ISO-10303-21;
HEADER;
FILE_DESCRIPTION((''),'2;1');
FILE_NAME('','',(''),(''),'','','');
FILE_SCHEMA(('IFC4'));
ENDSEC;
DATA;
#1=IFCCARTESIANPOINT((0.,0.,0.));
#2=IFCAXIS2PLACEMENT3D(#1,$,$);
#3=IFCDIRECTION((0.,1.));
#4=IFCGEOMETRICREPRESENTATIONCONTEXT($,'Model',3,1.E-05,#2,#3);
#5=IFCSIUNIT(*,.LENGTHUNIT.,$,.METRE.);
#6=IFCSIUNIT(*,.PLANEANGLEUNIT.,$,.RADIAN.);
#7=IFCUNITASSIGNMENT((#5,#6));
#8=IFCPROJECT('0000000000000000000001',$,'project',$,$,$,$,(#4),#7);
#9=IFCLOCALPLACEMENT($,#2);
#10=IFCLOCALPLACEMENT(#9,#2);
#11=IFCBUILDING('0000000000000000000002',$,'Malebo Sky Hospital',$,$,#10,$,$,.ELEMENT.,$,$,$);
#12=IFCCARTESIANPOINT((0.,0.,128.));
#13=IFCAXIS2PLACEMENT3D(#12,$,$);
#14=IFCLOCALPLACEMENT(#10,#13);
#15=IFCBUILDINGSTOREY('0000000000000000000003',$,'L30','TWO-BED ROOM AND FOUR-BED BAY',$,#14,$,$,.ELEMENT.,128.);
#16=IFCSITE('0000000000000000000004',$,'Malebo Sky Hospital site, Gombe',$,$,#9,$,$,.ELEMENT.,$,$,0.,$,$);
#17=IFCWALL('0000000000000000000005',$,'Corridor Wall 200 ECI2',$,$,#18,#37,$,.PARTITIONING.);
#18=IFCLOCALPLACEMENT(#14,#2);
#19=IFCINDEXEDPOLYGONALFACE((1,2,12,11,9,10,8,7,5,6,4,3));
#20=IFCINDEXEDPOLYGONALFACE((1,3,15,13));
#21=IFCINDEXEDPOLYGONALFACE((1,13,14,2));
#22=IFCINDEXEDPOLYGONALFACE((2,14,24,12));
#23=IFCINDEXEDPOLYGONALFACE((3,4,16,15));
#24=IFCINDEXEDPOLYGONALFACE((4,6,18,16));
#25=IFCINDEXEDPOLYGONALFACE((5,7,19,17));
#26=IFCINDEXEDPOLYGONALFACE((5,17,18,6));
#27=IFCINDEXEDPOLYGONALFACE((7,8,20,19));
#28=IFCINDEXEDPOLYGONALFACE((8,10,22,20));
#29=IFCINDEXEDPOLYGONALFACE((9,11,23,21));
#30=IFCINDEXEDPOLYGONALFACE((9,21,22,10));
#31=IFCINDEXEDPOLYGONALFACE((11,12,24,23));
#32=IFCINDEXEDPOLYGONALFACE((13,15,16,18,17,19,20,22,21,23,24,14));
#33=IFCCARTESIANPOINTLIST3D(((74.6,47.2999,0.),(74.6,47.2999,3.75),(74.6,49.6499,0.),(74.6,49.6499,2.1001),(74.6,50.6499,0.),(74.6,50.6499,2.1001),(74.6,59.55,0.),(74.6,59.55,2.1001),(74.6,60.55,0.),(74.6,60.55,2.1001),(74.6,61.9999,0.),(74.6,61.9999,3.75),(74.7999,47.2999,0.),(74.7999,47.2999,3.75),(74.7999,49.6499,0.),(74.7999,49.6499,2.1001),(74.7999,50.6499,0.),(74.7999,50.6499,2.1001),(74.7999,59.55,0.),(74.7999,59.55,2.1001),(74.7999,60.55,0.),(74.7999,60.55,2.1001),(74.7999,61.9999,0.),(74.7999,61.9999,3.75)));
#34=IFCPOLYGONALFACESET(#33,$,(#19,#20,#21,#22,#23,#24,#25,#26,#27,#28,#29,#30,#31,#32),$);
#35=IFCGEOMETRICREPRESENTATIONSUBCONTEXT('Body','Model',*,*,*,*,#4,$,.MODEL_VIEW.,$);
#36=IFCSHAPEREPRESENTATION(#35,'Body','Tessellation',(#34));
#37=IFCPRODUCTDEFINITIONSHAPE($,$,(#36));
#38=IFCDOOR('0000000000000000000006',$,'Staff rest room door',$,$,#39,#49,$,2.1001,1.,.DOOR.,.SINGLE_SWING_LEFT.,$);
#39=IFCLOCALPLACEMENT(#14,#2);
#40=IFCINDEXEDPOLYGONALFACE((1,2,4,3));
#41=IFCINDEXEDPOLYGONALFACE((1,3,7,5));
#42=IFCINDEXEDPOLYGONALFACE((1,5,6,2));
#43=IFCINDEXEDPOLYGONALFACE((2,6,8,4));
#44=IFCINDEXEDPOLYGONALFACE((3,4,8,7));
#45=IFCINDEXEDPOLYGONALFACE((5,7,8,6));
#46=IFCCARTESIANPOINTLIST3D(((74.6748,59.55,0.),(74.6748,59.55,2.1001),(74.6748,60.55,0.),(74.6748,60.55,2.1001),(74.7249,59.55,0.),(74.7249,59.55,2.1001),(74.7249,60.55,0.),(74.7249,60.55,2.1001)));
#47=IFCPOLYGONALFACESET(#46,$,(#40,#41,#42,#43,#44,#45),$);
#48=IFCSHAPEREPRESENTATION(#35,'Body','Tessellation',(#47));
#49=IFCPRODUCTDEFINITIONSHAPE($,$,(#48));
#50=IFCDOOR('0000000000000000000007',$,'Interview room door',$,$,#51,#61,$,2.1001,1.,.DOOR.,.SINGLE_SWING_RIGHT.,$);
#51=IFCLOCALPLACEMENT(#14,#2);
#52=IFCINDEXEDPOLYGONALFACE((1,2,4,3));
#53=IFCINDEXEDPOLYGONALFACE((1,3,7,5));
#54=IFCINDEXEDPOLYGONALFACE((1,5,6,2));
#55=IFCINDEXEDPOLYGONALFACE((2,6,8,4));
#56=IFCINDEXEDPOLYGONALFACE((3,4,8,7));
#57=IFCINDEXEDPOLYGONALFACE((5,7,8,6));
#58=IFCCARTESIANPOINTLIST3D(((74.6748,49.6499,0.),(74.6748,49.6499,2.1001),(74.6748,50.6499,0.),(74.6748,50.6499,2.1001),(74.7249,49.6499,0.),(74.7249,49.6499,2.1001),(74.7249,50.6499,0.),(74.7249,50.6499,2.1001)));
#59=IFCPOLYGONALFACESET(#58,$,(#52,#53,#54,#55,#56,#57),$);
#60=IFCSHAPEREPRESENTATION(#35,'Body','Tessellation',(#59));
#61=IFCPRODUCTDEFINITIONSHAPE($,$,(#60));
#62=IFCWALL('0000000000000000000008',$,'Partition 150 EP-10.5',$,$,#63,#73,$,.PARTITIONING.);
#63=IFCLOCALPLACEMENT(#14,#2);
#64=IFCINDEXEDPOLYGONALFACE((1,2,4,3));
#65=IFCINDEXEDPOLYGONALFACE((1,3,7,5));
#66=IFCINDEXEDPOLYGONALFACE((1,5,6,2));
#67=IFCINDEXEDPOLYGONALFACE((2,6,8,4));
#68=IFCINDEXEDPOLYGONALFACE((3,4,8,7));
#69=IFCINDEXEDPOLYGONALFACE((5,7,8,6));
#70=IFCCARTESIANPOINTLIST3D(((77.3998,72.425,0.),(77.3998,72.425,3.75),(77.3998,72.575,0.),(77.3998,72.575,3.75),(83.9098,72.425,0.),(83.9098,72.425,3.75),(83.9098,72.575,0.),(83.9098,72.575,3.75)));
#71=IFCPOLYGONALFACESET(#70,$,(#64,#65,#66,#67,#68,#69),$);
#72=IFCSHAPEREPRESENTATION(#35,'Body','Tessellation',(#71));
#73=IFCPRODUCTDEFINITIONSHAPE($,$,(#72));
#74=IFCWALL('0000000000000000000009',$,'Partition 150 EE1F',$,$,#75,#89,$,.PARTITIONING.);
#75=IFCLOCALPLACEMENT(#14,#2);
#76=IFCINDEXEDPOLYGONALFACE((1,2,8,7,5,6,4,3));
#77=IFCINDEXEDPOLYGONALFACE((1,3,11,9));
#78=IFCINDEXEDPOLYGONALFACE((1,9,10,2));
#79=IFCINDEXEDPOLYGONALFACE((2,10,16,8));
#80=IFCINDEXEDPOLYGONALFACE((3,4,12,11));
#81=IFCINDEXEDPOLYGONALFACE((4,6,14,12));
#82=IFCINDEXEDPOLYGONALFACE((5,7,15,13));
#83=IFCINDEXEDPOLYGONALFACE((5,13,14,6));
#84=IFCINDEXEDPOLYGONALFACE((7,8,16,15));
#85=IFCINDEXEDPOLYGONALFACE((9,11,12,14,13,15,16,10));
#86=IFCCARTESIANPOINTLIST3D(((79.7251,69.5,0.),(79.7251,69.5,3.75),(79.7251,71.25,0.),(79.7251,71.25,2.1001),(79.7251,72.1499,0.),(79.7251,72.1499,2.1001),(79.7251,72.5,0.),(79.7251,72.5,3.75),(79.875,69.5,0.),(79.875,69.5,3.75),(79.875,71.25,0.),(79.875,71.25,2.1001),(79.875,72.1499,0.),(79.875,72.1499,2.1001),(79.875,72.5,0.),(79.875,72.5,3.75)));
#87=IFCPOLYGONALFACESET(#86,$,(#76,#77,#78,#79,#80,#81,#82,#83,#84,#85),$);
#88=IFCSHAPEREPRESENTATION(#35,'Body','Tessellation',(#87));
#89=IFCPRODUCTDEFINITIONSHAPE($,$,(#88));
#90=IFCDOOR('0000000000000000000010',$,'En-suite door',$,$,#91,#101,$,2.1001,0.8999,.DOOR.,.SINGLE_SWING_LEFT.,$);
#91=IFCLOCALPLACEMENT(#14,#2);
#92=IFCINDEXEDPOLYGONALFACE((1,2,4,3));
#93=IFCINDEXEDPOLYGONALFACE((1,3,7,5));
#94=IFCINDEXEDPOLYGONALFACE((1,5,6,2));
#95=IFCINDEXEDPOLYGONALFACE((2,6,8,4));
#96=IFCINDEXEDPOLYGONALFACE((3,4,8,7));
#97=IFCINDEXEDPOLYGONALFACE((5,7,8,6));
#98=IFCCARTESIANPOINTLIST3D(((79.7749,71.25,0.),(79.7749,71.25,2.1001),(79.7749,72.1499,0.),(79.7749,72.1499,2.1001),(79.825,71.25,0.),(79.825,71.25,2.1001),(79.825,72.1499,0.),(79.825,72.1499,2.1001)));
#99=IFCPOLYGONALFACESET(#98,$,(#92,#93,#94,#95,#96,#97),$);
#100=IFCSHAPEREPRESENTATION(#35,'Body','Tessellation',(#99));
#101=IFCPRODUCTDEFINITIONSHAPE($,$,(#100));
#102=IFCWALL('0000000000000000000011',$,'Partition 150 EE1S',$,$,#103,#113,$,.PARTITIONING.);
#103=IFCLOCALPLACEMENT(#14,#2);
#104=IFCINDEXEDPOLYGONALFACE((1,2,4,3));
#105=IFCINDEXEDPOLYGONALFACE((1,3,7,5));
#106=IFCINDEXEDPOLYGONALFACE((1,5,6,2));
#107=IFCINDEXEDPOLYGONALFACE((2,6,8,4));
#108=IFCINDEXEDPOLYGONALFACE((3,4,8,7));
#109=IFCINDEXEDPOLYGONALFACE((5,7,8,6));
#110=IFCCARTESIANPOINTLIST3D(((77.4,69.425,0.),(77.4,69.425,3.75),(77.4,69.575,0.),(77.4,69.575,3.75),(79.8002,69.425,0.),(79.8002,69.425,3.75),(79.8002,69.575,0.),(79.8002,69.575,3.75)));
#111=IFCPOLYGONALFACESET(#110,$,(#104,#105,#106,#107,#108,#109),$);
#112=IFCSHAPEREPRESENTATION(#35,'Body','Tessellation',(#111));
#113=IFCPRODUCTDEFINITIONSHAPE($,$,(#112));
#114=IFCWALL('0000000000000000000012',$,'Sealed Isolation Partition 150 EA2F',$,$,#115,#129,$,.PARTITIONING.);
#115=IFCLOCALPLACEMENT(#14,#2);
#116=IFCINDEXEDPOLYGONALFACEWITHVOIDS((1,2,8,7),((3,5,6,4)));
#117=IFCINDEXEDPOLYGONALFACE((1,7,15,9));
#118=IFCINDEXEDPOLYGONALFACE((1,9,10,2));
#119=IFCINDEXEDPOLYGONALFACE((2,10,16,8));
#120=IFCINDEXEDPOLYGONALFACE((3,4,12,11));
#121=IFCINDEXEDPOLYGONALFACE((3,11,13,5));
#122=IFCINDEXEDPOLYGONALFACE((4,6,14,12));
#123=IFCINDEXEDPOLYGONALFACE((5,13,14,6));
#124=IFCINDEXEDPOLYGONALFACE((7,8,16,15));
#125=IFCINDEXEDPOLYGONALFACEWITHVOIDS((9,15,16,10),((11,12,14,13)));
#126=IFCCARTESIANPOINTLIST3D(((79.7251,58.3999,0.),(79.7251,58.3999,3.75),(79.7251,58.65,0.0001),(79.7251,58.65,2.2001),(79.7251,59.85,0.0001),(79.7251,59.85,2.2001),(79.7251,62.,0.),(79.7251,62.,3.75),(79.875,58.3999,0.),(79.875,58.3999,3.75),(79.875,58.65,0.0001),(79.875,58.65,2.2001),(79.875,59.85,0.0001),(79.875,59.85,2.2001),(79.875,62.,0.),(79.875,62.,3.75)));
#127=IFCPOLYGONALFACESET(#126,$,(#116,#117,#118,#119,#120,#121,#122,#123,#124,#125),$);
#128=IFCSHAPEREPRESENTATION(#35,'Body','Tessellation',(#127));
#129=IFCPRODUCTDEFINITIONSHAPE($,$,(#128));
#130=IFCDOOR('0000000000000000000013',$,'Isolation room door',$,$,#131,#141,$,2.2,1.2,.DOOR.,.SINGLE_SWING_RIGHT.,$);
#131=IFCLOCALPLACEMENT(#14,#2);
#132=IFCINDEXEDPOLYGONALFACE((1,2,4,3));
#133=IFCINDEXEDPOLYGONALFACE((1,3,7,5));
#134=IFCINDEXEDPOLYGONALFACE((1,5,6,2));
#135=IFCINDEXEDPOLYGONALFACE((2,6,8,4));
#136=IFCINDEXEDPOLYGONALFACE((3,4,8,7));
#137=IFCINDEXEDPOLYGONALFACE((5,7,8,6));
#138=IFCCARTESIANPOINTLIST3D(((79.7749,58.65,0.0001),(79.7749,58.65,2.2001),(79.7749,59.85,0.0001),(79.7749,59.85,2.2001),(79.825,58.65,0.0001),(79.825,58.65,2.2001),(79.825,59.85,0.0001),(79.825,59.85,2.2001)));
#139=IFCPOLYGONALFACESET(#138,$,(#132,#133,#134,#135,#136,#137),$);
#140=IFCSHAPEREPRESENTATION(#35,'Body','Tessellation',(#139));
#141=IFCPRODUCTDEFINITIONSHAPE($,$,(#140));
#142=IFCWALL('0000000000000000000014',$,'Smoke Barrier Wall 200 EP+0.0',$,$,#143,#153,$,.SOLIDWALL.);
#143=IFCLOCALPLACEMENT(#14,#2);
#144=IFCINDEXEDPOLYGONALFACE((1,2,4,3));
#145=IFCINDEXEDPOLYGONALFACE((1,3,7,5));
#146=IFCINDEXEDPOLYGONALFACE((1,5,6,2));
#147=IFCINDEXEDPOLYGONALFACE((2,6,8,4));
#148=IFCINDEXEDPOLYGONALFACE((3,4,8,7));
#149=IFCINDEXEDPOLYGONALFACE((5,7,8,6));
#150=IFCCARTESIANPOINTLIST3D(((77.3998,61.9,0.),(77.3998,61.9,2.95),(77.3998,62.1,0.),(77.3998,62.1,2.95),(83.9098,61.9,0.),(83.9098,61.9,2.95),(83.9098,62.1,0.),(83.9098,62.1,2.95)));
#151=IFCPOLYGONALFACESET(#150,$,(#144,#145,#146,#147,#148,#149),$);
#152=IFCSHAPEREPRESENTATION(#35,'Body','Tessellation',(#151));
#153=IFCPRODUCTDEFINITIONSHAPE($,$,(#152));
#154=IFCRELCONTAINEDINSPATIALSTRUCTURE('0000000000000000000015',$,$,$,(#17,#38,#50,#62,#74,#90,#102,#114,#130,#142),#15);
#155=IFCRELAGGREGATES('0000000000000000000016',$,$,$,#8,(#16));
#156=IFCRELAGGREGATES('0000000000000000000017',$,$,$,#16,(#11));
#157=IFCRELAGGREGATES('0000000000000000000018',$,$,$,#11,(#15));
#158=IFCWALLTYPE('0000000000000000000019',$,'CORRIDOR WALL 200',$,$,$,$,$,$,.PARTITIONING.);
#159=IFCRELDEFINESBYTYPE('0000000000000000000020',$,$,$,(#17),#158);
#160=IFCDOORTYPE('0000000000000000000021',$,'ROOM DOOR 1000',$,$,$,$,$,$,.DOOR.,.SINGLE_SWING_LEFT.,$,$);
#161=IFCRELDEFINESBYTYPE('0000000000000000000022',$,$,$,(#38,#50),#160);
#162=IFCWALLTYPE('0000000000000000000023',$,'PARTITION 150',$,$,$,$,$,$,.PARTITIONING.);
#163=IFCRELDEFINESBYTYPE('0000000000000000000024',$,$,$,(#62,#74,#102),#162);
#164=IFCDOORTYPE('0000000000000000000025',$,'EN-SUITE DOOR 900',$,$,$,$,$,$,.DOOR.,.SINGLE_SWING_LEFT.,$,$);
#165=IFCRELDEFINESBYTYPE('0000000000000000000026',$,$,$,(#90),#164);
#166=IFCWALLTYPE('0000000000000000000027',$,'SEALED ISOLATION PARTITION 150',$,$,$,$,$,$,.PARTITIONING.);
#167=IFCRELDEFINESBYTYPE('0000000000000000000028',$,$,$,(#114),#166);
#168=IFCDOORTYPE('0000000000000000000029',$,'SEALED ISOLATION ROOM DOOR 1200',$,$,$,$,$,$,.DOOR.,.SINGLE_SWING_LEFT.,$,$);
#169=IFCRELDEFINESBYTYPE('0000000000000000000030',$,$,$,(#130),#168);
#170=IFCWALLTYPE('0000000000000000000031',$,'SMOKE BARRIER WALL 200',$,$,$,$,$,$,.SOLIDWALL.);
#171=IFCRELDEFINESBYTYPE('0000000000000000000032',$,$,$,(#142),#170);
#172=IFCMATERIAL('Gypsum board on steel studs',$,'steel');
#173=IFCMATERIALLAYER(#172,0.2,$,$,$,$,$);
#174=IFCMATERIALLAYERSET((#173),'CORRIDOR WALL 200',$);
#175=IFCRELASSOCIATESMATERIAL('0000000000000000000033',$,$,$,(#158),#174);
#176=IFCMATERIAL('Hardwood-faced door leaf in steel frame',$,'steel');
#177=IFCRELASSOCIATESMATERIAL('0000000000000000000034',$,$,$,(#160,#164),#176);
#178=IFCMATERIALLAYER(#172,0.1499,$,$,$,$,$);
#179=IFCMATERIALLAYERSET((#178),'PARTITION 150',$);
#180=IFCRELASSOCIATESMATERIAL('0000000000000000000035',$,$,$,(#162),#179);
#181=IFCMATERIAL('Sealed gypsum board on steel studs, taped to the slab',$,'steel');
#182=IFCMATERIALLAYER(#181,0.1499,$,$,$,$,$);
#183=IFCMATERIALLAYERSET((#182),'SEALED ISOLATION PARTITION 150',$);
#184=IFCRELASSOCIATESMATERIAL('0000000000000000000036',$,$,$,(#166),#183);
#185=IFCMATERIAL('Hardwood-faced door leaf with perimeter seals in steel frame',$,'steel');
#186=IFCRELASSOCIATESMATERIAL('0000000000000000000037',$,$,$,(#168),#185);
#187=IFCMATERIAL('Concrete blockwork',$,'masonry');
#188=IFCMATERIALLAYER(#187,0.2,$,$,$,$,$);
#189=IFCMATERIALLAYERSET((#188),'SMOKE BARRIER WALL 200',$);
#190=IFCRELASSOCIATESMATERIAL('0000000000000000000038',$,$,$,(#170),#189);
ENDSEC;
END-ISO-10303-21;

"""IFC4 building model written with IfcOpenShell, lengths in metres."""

from ifc_helpers import new_model, si_unit, direction, frame, frame_2d, origin, place, context, subcontext, project, spatial, rectangle, extrude, material, layer, layer_set, type_object, element, fill, save


model = new_model("IFC4")

# Units and contexts
model_context = context("Model", 3, precision=1e-05, world=origin(), true_north=direction((0.0, 1.0)))
body_context = subcontext(model_context, "Body", "Model", "MODEL_VIEW")
ifc_project = project(units=[si_unit("LENGTHUNIT", "METRE"), si_unit("PLANEANGLEUNIT", "RADIAN")], contexts=[model_context])

# Site, building, storey
site_placement = place(None, origin())
site = spatial("IfcSite", under=ifc_project, at=site_placement, Name="Malebo Sky Hospital site, Gombe", CompositionType="ELEMENT", RefElevation=0.0)
building_placement = place(site_placement, origin())
building = spatial("IfcBuilding", under=site, at=building_placement, Name="Malebo Sky Hospital", CompositionType="ELEMENT")
storey_placement = place(building_placement, frame((0.0, 0.0, 128.0)))
storey = spatial("IfcBuildingStorey", under=building, at=storey_placement, Name="L30", Description="TWO-BED ROOM AND FOUR-BED BAY", CompositionType="ELEMENT", Elevation=128.0)

# Wall, openings, doors
ifc_material_1 = material(Name="Gypsum board on steel studs", Category="steel")
ifc_layer_1 = layer(ifc_material_1, 0.2)
ifc_layer_set_1 = layer_set([ifc_layer_1], Name="CORRIDOR WALL 200")
wall_type_1 = type_object("IfcWallType", Name="CORRIDOR WALL 200", PredefinedType="PARTITIONING", material=ifc_layer_set_1)
wall_1_placement = place(storey_placement, frame((74.7, 62.0, 0.0), z_axis=(0.0, 0.0, 1.0), x_axis=(0.0, -1.0, 0.0)))
wall_1 = element("IfcWall", 1, at=wall_1_placement, inside=storey, type_object=wall_type_1, Name="Corridor Wall 200 ECI2", PredefinedType="PARTITIONING", context=body_context, shape_type="SweptSolid", body=[
    extrude(rectangle(XDim=14.7, YDim=0.2, at=frame_2d((7.3501, 0.0))), origin(), (0.0, 0.0, 1.0), 3.75),
])
opening_1_placement = place(wall_1_placement, frame((1.45, 0.0, 0.0)))
opening_1 = element("IfcOpeningElement", 2, at=opening_1_placement, cuts=wall_1, PredefinedType="OPENING", context=body_context, shape_type="SweptSolid", body=[
    extrude(rectangle(XDim=1.0, YDim=2.1001, at=frame_2d((0.5, 1.05))), frame((0.0, 0.1099, 0.0), z_axis=(0.0, -1.0, 0.0), x_axis=(1.0, 0.0, 0.0)), (0.0, 0.0, 1.0), 0.22),
])
opening_2_placement = place(wall_1_placement, frame((11.3501, 0.0, 0.0)))
opening_2 = element("IfcOpeningElement", 3, at=opening_2_placement, cuts=wall_1, PredefinedType="OPENING", context=body_context, shape_type="SweptSolid", body=[
    extrude(rectangle(XDim=1.0, YDim=2.1001, at=frame_2d((0.5, 1.05))), frame((0.0, 0.1099, 0.0), z_axis=(0.0, -1.0, 0.0), x_axis=(1.0, 0.0, 0.0)), (0.0, 0.0, 1.0), 0.22),
])
ifc_material_2 = material(Name="Hardwood-faced door leaf in steel frame", Category="steel")
door_type_1 = type_object("IfcDoorType", Name="ROOM DOOR 1000", OperationType="SINGLE_SWING_LEFT", PredefinedType="DOOR", material=ifc_material_2)
door_1_placement = place(opening_1_placement, origin())
door_1 = element("IfcDoor", 4, at=door_1_placement, inside=storey, type_object=door_type_1, Name="Staff rest room door", OperationType="SINGLE_SWING_LEFT", OverallHeight=2.1001, OverallWidth=1.0, PredefinedType="DOOR", context=body_context, shape_type="SweptSolid", body=[
    extrude(rectangle(XDim=1.0, YDim=2.1001, at=frame_2d((0.5, 1.05))), frame((0.0, 0.0249, 0.0), z_axis=(0.0, -1.0, 0.0), x_axis=(1.0, 0.0, 0.0)), (0.0, 0.0, 1.0), 0.05),
])
fill(opening_1, door_1)
door_2_placement = place(opening_2_placement, origin())
door_2 = element("IfcDoor", 5, at=door_2_placement, inside=storey, type_object=door_type_1, Name="Interview room door", OperationType="SINGLE_SWING_RIGHT", OverallHeight=2.1001, OverallWidth=1.0, PredefinedType="DOOR", context=body_context, shape_type="SweptSolid", body=[
    extrude(rectangle(XDim=1.0, YDim=2.1001, at=frame_2d((0.5, 1.05))), frame((0.0, 0.0249, 0.0), z_axis=(0.0, -1.0, 0.0), x_axis=(1.0, 0.0, 0.0)), (0.0, 0.0, 1.0), 0.05),
])
fill(opening_2, door_2)

# Wall
ifc_layer_2 = layer(ifc_material_1, 0.1499)
ifc_layer_set_2 = layer_set([ifc_layer_2], Name="PARTITION 150")
wall_type_2 = type_object("IfcWallType", Name="PARTITION 150", PredefinedType="PARTITIONING", material=ifc_layer_set_2)
wall_2_placement = place(storey_placement, frame((77.3999, 72.5, 0.0), z_axis=(0.0, 0.0, 1.0), x_axis=(1.0, 0.0, 0.0)))
element("IfcWall", 6, at=wall_2_placement, inside=storey, type_object=wall_type_2, Name="Partition 150 EP-10.5", PredefinedType="PARTITIONING", context=body_context, shape_type="SweptSolid", body=[
    extrude(rectangle(XDim=6.51, YDim=0.1499, at=frame_2d((3.2549, 0.0))), origin(), (0.0, 0.0, 1.0), 3.75),
])

# Wall, opening, door
wall_3_placement = place(storey_placement, frame((79.8, 72.5, 0.0), z_axis=(0.0, 0.0, 1.0), x_axis=(0.0, -1.0, 0.0)))
wall_3 = element("IfcWall", 7, at=wall_3_placement, inside=storey, type_object=wall_type_2, Name="Partition 150 EE1F", PredefinedType="PARTITIONING", context=body_context, shape_type="SweptSolid", body=[
    extrude(rectangle(XDim=3.0, YDim=0.1499, at=frame_2d((1.5, 0.0))), origin(), (0.0, 0.0, 1.0), 3.75),
])
opening_3_placement = place(wall_3_placement, frame((0.3501, 0.0, 0.0)))
opening_3 = element("IfcOpeningElement", 8, at=opening_3_placement, cuts=wall_3, PredefinedType="OPENING", context=body_context, shape_type="SweptSolid", body=[
    extrude(rectangle(XDim=0.8999, YDim=2.1001, at=frame_2d((0.45, 1.05))), frame((0.0, 0.085, 0.0), z_axis=(0.0, -1.0, 0.0), x_axis=(1.0, 0.0, 0.0)), (0.0, 0.0, 1.0), 0.1699),
])
door_type_2 = type_object("IfcDoorType", Name="EN-SUITE DOOR 900", OperationType="SINGLE_SWING_LEFT", PredefinedType="DOOR", material=ifc_material_2)
door_3_placement = place(opening_3_placement, origin())
door_3 = element("IfcDoor", 9, at=door_3_placement, inside=storey, type_object=door_type_2, Name="En-suite door", OperationType="SINGLE_SWING_LEFT", OverallHeight=2.1001, OverallWidth=0.8999, PredefinedType="DOOR", context=body_context, shape_type="SweptSolid", body=[
    extrude(rectangle(XDim=0.8999, YDim=2.1001, at=frame_2d((0.45, 1.05))), frame((0.0, 0.0249, 0.0), z_axis=(0.0, -1.0, 0.0), x_axis=(1.0, 0.0, 0.0)), (0.0, 0.0, 1.0), 0.05),
])
fill(opening_3, door_3)

# Wall
wall_4_placement = place(storey_placement, frame((77.3999, 69.5, 0.0), z_axis=(0.0, 0.0, 1.0), x_axis=(1.0, 0.0, 0.0)))
element("IfcWall", 10, at=wall_4_placement, inside=storey, type_object=wall_type_2, Name="Partition 150 EE1S", PredefinedType="PARTITIONING", context=body_context, shape_type="SweptSolid", body=[
    extrude(rectangle(XDim=2.4001, YDim=0.1499, at=frame_2d((1.2002, 0.0))), origin(), (0.0, 0.0, 1.0), 3.75),
])

# Wall, opening, door
ifc_material_3 = material(Name="Sealed gypsum board on steel studs, taped to the slab", Category="steel")
ifc_layer_3 = layer(ifc_material_3, 0.1499)
ifc_layer_set_3 = layer_set([ifc_layer_3], Name="SEALED ISOLATION PARTITION 150")
wall_type_3 = type_object("IfcWallType", Name="SEALED ISOLATION PARTITION 150", PredefinedType="PARTITIONING", material=ifc_layer_set_3)
wall_5_placement = place(storey_placement, frame((79.8, 62.0, 0.0), z_axis=(0.0, 0.0, 1.0), x_axis=(0.0, -1.0, 0.0)))
wall_5 = element("IfcWall", 11, at=wall_5_placement, inside=storey, type_object=wall_type_3, Name="Sealed Isolation Partition 150 EA2F", PredefinedType="PARTITIONING", context=body_context, shape_type="SweptSolid", body=[
    extrude(rectangle(XDim=3.6001, YDim=0.1499, at=frame_2d((1.8, 0.0))), origin(), (0.0, 0.0, 1.0), 3.75),
])
opening_4_placement = place(wall_5_placement, frame((2.1499, 0.0, 0.0)))
opening_4 = element("IfcOpeningElement", 12, at=opening_4_placement, cuts=wall_5, PredefinedType="OPENING", context=body_context, shape_type="SweptSolid", body=[
    extrude(rectangle(XDim=1.2, YDim=2.2, at=frame_2d((0.6001, 1.1001))), frame((0.0, 0.085, 0.0), z_axis=(0.0, -1.0, 0.0), x_axis=(1.0, 0.0, 0.0)), (0.0, 0.0, 1.0), 0.1699),
])
ifc_material_4 = material(Name="Hardwood-faced door leaf with perimeter seals in steel frame", Category="steel")
door_type_3 = type_object("IfcDoorType", Name="SEALED ISOLATION ROOM DOOR 1200", OperationType="SINGLE_SWING_LEFT", PredefinedType="DOOR", material=ifc_material_4)
door_4_placement = place(opening_4_placement, origin())
door_4 = element("IfcDoor", 13, at=door_4_placement, inside=storey, type_object=door_type_3, Name="Isolation room door", OperationType="SINGLE_SWING_RIGHT", OverallHeight=2.2, OverallWidth=1.2, PredefinedType="DOOR", context=body_context, shape_type="SweptSolid", body=[
    extrude(rectangle(XDim=1.2, YDim=2.2, at=frame_2d((0.6001, 1.1001))), frame((0.0, 0.0249, 0.0), z_axis=(0.0, -1.0, 0.0), x_axis=(1.0, 0.0, 0.0)), (0.0, 0.0, 1.0), 0.05),
])
fill(opening_4, door_4)

# Wall
ifc_material_5 = material(Name="Concrete blockwork", Category="masonry")
ifc_layer_4 = layer(ifc_material_5, 0.2)
ifc_layer_set_4 = layer_set([ifc_layer_4], Name="SMOKE BARRIER WALL 200")
wall_type_4 = type_object("IfcWallType", Name="SMOKE BARRIER WALL 200", PredefinedType="SOLIDWALL", material=ifc_layer_set_4)
wall_6_placement = place(storey_placement, frame((77.3999, 62.0, 0.0), z_axis=(0.0, 0.0, 1.0), x_axis=(1.0, 0.0, 0.0)))
element("IfcWall", 14, at=wall_6_placement, inside=storey, type_object=wall_type_4, Name="Smoke Barrier Wall 200 EP+0.0", PredefinedType="SOLIDWALL", context=body_context, shape_type="SweptSolid", body=[
    extrude(rectangle(XDim=6.51, YDim=0.2, at=frame_2d((3.2549, 0.0))), origin(), (0.0, 0.0, 1.0), 2.95),
])

save(model, "model.ifc")
